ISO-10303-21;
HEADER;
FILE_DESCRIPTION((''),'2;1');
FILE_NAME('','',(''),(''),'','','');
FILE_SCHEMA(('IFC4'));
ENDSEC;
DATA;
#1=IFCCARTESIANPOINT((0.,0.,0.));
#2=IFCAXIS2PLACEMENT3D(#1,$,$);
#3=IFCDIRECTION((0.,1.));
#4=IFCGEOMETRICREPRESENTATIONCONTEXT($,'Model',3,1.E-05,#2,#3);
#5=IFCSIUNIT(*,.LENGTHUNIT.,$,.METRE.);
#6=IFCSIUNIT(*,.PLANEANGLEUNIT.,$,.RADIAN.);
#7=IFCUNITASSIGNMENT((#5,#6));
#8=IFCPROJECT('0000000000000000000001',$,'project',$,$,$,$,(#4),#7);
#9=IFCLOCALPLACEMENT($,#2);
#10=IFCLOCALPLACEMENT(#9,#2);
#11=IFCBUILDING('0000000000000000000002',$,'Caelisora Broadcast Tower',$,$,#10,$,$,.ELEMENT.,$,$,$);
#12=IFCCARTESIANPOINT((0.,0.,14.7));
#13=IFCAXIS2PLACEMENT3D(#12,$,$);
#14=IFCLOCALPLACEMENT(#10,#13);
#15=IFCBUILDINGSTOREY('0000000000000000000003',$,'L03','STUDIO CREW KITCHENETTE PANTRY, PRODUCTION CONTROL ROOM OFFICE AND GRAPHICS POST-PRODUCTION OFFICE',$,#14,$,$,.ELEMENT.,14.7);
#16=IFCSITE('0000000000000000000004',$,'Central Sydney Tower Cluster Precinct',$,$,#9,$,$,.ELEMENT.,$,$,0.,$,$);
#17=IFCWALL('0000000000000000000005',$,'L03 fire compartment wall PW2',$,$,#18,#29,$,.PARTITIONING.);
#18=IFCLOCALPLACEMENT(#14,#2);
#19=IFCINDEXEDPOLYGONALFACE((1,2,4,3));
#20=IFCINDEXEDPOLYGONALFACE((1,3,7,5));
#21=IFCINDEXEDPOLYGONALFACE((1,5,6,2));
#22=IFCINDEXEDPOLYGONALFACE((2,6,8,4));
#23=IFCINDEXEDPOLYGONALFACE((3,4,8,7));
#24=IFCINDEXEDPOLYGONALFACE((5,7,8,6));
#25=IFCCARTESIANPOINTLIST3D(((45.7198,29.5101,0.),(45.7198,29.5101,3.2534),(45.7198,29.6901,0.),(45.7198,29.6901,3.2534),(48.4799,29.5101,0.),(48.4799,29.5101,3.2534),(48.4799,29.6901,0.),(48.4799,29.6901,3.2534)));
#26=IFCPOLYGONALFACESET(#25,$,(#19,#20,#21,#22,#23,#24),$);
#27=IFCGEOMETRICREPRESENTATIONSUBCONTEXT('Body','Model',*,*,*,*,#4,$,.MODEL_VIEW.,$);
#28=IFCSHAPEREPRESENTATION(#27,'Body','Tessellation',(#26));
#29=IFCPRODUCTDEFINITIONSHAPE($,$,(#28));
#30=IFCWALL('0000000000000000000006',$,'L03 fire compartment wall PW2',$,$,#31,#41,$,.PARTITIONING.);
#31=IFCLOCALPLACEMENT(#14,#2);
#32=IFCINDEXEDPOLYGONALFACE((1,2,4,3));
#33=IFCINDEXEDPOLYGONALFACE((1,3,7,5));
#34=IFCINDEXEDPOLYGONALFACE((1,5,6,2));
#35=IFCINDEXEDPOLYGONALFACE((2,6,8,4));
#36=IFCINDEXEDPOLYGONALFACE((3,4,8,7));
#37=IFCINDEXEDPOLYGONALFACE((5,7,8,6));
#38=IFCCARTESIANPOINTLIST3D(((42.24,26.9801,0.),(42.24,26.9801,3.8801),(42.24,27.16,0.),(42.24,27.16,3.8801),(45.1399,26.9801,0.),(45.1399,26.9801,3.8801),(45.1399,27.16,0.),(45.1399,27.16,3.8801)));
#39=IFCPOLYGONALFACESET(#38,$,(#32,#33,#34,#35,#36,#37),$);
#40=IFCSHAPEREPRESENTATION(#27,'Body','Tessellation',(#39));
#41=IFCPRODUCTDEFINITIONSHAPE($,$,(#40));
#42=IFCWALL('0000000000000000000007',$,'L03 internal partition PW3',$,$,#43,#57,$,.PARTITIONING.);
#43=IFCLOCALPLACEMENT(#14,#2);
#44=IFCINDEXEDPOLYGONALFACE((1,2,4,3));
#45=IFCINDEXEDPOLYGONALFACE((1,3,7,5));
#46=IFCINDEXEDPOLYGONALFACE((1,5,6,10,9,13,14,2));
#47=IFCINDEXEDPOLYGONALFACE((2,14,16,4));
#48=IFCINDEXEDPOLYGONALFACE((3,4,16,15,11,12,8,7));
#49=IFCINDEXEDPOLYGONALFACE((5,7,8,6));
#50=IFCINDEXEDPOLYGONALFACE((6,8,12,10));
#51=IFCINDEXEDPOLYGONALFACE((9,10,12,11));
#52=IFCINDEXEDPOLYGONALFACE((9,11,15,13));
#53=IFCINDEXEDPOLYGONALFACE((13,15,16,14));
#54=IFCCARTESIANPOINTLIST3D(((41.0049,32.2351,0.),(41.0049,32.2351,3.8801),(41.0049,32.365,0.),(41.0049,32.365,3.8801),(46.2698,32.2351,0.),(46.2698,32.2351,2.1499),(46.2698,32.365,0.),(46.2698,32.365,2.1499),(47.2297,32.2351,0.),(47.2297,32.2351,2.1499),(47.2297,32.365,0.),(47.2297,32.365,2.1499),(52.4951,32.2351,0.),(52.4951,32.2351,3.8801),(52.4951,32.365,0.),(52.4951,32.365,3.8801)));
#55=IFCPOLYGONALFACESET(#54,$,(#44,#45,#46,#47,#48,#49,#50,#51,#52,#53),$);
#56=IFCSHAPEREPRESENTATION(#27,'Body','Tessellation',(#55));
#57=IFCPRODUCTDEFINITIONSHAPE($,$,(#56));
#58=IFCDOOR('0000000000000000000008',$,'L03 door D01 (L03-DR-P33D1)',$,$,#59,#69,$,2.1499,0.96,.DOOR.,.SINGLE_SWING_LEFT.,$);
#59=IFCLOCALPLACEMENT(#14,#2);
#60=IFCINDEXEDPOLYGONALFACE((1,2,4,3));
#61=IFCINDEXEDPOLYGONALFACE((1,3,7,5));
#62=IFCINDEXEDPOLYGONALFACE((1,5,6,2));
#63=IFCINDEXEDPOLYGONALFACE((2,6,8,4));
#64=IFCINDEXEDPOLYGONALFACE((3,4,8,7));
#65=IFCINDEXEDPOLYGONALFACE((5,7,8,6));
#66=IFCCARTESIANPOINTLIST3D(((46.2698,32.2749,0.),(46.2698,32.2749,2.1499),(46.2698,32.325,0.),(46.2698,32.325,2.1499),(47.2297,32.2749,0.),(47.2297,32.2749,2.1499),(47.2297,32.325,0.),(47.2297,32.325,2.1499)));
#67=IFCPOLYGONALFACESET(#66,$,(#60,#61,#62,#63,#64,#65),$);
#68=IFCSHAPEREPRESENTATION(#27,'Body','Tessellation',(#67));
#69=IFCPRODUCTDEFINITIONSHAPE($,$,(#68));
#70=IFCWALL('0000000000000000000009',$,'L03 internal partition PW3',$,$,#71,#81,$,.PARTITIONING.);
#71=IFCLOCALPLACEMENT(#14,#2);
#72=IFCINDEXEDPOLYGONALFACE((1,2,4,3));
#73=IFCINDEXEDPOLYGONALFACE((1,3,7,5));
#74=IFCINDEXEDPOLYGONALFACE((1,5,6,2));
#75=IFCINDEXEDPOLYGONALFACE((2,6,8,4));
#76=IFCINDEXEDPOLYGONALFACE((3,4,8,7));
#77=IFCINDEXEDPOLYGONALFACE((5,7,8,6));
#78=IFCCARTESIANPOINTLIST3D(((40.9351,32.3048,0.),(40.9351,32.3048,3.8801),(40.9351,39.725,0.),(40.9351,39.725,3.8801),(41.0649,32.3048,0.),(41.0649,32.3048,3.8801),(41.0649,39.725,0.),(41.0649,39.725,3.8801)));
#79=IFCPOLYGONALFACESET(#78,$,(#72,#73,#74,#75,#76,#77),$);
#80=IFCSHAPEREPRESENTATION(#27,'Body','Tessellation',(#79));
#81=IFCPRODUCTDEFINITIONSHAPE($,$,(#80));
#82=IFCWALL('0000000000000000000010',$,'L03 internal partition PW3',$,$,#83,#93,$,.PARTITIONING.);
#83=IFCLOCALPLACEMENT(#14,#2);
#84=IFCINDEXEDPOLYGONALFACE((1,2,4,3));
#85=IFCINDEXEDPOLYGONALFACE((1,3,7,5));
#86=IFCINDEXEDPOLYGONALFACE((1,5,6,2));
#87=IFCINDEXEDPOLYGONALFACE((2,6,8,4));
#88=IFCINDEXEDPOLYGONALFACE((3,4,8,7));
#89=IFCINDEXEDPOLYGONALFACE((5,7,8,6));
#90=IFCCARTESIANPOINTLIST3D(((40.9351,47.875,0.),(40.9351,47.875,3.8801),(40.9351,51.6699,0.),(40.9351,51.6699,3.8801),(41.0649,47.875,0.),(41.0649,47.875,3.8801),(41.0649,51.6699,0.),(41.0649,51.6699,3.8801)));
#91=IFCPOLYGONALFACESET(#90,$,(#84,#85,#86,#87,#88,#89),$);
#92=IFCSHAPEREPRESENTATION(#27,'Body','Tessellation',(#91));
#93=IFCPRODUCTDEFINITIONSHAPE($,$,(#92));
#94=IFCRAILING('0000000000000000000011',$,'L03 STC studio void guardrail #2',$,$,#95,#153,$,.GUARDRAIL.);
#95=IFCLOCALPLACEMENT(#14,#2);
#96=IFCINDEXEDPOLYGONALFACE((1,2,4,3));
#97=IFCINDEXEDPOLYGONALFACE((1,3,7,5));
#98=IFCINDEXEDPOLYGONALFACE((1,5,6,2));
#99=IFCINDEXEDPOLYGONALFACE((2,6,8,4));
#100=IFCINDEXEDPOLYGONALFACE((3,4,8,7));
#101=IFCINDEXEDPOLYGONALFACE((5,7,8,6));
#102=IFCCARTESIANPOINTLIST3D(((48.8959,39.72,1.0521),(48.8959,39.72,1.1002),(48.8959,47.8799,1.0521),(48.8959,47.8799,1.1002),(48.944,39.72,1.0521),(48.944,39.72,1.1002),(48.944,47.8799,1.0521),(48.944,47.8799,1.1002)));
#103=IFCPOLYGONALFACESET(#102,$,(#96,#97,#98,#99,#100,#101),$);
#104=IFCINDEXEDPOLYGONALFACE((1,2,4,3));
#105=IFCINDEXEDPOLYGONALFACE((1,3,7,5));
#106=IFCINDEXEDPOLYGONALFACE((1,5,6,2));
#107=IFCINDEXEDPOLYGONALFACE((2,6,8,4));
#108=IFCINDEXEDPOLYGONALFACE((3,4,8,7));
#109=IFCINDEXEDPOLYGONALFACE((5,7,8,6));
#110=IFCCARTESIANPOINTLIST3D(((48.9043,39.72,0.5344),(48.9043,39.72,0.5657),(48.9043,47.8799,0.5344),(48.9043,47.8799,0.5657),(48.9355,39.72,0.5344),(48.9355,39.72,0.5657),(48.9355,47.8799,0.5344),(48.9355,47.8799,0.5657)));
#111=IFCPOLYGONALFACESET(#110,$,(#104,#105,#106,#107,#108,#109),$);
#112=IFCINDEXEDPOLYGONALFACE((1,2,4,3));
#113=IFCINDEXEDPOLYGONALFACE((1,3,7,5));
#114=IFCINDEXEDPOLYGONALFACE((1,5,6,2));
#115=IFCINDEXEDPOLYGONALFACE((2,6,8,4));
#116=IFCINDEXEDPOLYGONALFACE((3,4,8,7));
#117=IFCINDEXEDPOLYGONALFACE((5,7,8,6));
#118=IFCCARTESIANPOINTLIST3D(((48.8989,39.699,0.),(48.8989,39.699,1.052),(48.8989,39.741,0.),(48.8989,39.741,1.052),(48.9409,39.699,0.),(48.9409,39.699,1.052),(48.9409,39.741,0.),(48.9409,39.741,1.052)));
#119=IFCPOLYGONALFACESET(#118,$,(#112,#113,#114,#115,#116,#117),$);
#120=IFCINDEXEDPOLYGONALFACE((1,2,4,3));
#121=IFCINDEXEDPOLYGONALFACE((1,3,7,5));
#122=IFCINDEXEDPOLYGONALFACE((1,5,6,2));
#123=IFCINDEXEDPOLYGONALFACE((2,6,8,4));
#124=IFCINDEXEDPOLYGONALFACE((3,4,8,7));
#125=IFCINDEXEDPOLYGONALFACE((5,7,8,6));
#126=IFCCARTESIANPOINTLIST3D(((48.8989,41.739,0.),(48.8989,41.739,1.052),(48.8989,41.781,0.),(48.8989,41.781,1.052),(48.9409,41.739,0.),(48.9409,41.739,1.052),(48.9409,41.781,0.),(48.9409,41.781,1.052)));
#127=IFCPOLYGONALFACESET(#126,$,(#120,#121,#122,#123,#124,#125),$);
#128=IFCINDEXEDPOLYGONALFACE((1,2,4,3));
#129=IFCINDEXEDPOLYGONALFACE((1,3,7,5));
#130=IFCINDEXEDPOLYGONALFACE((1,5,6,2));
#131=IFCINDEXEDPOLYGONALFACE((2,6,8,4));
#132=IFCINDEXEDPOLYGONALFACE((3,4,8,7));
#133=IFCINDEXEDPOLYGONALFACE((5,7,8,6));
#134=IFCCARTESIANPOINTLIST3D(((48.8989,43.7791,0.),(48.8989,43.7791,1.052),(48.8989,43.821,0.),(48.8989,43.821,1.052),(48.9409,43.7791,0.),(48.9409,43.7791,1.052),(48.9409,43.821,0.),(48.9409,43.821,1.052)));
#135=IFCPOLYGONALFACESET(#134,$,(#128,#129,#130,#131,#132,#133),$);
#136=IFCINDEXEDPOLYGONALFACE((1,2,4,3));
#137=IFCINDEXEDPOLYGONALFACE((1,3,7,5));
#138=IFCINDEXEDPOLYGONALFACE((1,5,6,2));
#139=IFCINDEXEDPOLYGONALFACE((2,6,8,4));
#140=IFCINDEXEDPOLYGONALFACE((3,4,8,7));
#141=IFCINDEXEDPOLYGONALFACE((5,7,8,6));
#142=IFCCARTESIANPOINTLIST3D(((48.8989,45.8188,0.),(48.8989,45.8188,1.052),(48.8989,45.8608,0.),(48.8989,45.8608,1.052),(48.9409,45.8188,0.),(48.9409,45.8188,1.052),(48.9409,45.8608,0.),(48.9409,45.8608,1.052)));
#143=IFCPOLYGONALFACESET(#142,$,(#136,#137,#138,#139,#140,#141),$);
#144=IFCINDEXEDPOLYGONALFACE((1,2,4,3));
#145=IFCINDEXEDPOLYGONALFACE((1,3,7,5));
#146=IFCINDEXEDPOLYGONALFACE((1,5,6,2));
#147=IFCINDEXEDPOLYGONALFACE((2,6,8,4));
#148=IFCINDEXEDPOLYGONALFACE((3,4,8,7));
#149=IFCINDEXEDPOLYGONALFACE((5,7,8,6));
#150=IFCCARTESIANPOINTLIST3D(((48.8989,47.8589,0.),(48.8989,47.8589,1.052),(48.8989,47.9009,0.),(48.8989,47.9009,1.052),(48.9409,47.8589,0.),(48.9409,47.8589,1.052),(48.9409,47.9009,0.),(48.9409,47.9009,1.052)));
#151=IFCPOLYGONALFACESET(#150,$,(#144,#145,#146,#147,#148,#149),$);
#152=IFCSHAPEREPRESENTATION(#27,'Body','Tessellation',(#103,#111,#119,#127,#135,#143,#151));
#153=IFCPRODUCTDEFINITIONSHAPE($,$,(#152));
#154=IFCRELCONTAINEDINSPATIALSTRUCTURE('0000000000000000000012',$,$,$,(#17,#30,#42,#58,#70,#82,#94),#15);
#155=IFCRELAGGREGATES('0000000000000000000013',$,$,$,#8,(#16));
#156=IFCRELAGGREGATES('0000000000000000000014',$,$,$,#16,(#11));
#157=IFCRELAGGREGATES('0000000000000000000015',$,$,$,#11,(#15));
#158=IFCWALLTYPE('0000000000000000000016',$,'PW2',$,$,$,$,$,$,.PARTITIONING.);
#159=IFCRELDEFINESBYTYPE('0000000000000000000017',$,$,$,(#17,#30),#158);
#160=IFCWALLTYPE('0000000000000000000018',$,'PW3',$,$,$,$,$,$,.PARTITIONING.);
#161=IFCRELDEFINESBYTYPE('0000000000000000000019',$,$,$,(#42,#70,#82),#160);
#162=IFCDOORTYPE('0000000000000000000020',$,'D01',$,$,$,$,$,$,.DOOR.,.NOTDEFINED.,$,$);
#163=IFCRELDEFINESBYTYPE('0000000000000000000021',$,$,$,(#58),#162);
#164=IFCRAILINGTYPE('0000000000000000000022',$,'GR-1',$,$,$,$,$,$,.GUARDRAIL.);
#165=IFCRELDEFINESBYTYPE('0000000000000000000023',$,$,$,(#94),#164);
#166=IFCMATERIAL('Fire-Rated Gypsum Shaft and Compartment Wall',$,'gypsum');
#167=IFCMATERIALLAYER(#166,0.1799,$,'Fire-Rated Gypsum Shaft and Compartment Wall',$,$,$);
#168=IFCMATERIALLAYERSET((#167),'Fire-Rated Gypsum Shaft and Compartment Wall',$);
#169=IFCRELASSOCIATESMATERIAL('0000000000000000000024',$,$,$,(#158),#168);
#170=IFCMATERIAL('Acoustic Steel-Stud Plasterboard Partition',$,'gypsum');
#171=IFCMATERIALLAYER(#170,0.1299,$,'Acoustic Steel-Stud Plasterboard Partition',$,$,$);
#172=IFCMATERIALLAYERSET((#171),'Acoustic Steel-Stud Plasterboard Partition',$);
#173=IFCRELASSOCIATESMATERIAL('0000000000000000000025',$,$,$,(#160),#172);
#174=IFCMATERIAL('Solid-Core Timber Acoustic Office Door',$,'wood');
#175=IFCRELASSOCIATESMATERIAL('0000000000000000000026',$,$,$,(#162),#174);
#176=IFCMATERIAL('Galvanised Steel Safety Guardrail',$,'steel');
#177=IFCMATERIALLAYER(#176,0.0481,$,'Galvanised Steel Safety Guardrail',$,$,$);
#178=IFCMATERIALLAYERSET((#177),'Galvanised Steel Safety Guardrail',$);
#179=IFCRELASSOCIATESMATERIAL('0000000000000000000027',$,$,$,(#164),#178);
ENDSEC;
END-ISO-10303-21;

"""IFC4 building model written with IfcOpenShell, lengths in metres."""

from ifc_helpers import new_model, si_unit, direction, frame, frame_2d, origin, origin_2d, place, context, subcontext, project, spatial, rectangle, extrude, material, layer, layer_set, type_object, element, fill, save


model = new_model("IFC4")

# Units and contexts
model_context = context("Model", 3, precision=1e-05, world=origin(), true_north=direction((0.0, 1.0)))
body_context = subcontext(model_context, "Body", "Model", "MODEL_VIEW")
ifc_project = project(units=[si_unit("LENGTHUNIT", "METRE"), si_unit("PLANEANGLEUNIT", "RADIAN")], contexts=[model_context])

# Site, building, storey
site_placement = place(None, origin())
site = spatial("IfcSite", under=ifc_project, at=site_placement, Name="Central Sydney Tower Cluster Precinct", CompositionType="ELEMENT", RefElevation=0.0)
building_placement = place(site_placement, origin())
building = spatial("IfcBuilding", under=site, at=building_placement, Name="Caelisora Broadcast Tower", CompositionType="ELEMENT")
storey_placement = place(building_placement, frame((0.0, 0.0, 14.7)))
storey = spatial("IfcBuildingStorey", under=building, at=storey_placement, Name="L03", Description="STUDIO CREW KITCHENETTE PANTRY, PRODUCTION CONTROL ROOM OFFICE AND GRAPHICS POST-PRODUCTION OFFICE", CompositionType="ELEMENT", Elevation=14.7)

# Shared definitions
ifc_material_1 = material(Name="Fire-Rated Gypsum Shaft and Compartment Wall", Category="gypsum")
ifc_layer_1 = layer(ifc_material_1, 0.1799, Name="Fire-Rated Gypsum Shaft and Compartment Wall")
ifc_layer_set_1 = layer_set([ifc_layer_1], Name="Fire-Rated Gypsum Shaft and Compartment Wall")
wall_type_1 = type_object("IfcWallType", Name="PW2", PredefinedType="PARTITIONING", material=ifc_layer_set_1)

# Walls
wall_1_placement = place(storey_placement, frame((45.72, 29.6001, 0.0), z_axis=(0.0, 0.0, 1.0), x_axis=(1.0, 0.0, 0.0)))
element("IfcWall", 1, at=wall_1_placement, inside=storey, type_object=wall_type_1, Name="L03 fire compartment wall PW2", PredefinedType="PARTITIONING", context=body_context, shape_type="SweptSolid", body=[
    extrude(rectangle(XDim=2.76, YDim=0.1799, at=frame_2d((1.3799, 0.0))), origin(), (0.0, 0.0, 1.0), 3.2534),
])
wall_2_placement = place(storey_placement, frame((42.24, 27.0701, 0.0), z_axis=(0.0, 0.0, 1.0), x_axis=(1.0, 0.0, 0.0)))
element("IfcWall", 2, at=wall_2_placement, inside=storey, type_object=wall_type_1, Name="L03 fire compartment wall PW2", PredefinedType="PARTITIONING", context=body_context, shape_type="SweptSolid", body=[
    extrude(rectangle(XDim=2.8999, YDim=0.1799, at=frame_2d((1.45, 0.0))), origin(), (0.0, 0.0, 1.0), 3.8801),
])

# Wall, opening, door
ifc_material_2 = material(Name="Acoustic Steel-Stud Plasterboard Partition", Category="gypsum")
ifc_layer_2 = layer(ifc_material_2, 0.1299, Name="Acoustic Steel-Stud Plasterboard Partition")
ifc_layer_set_2 = layer_set([ifc_layer_2], Name="Acoustic Steel-Stud Plasterboard Partition")
wall_type_2 = type_object("IfcWallType", Name="PW3", PredefinedType="PARTITIONING", material=ifc_layer_set_2)
wall_3_placement = place(storey_placement, frame((41.0049, 32.3, 0.0), z_axis=(0.0, 0.0, 1.0), x_axis=(1.0, 0.0, 0.0)))
wall_3 = element("IfcWall", 3, at=wall_3_placement, inside=storey, type_object=wall_type_2, Name="L03 internal partition PW3", PredefinedType="PARTITIONING", context=body_context, shape_type="SweptSolid", body=[
    extrude(rectangle(XDim=11.4902, YDim=0.1299, at=frame_2d((5.7451, 0.0))), origin(), (0.0, 0.0, 1.0), 3.8801),
])
opening_1_placement = place(wall_3_placement, frame((5.2649, 0.0, 0.0)))
opening_1 = element("IfcOpeningElement", 4, at=opening_1_placement, cuts=wall_3, PredefinedType="OPENING", context=body_context, shape_type="SweptSolid", body=[
    extrude(rectangle(XDim=0.96, YDim=2.1499, at=frame_2d((0.48, 1.075))), frame((0.0, 0.0769, 0.0), z_axis=(0.0, -1.0, 0.0), x_axis=(1.0, 0.0, 0.0)), (0.0, 0.0, 1.0), 0.1538),
])
ifc_material_3 = material(Name="Solid-Core Timber Acoustic Office Door", Category="wood")
door_type_1 = type_object("IfcDoorType", Name="D01", OperationType="NOTDEFINED", PredefinedType="DOOR", material=ifc_material_3)
door_1_placement = place(opening_1_placement, origin())
door_1 = element("IfcDoor", 5, at=door_1_placement, inside=storey, type_object=door_type_1, Name="L03 door D01 (L03-DR-P33D1)", OperationType="SINGLE_SWING_LEFT", OverallHeight=2.1499, OverallWidth=0.96, PredefinedType="DOOR", context=body_context, shape_type="SweptSolid", body=[
    extrude(rectangle(XDim=0.96, YDim=2.1499, at=frame_2d((0.48, 1.075))), frame((0.0, 0.0249, 0.0), z_axis=(0.0, -1.0, 0.0), x_axis=(1.0, 0.0, 0.0)), (0.0, 0.0, 1.0), 0.05),
])
fill(opening_1, door_1)

# Walls
wall_4_placement = place(storey_placement, frame((41.0, 32.3049, 0.0), z_axis=(0.0, 0.0, 1.0), x_axis=(0.0, 1.0, 0.0)))
element("IfcWall", 6, at=wall_4_placement, inside=storey, type_object=wall_type_2, Name="L03 internal partition PW3", PredefinedType="PARTITIONING", context=body_context, shape_type="SweptSolid", body=[
    extrude(rectangle(XDim=7.4202, YDim=0.1299, at=frame_2d((3.71, 0.0))), origin(), (0.0, 0.0, 1.0), 3.8801),
])
wall_5_placement = place(storey_placement, frame((41.0, 47.875, 0.0), z_axis=(0.0, 0.0, 1.0), x_axis=(0.0, 1.0, 0.0)))
element("IfcWall", 7, at=wall_5_placement, inside=storey, type_object=wall_type_2, Name="L03 internal partition PW3", PredefinedType="PARTITIONING", context=body_context, shape_type="SweptSolid", body=[
    extrude(rectangle(XDim=3.7949, YDim=0.1299, at=frame_2d((1.8975, 0.0))), origin(), (0.0, 0.0, 1.0), 3.8801),
])

# Railing
ifc_material_4 = material(Name="Galvanised Steel Safety Guardrail", Category="steel")
ifc_layer_3 = layer(ifc_material_4, 0.0481, Name="Galvanised Steel Safety Guardrail")
ifc_layer_set_3 = layer_set([ifc_layer_3], Name="Galvanised Steel Safety Guardrail")
railing_type = type_object("IfcRailingType", Name="GR-1", PredefinedType="GUARDRAIL", material=ifc_layer_set_3)
railing_1_placement = place(storey_placement, frame((48.9199, 39.72, 0.0)))
element("IfcRailing", 8, at=railing_1_placement, inside=storey, type_object=railing_type, Name="L03 STC studio void guardrail #2", PredefinedType="GUARDRAIL", context=body_context, shape_type="SweptSolid", body=[
    extrude(rectangle(XDim=0.0481, YDim=0.0481, at=origin_2d()), frame((0.0, 0.0, 1.0762), z_axis=(0.0, 1.0, 0.0), x_axis=(-1.0, 0.0, 0.0)), (0.0, 0.0, 1.0), 8.1599),
    extrude(rectangle(XDim=0.0312, YDim=0.0312, at=origin_2d()), frame((0.0, 0.0, 0.55), z_axis=(0.0, 1.0, 0.0), x_axis=(-1.0, 0.0, 0.0)), (0.0, 0.0, 1.0), 8.1599),
    extrude(rectangle(XDim=0.042, YDim=0.042, at=origin_2d()), origin(), (0.0, 0.0, 1.0), 1.052),
    extrude(rectangle(XDim=0.042, YDim=0.042, at=origin_2d()), frame((0.0, 2.04, 0.0)), (0.0, 0.0, 1.0), 1.052),
    extrude(rectangle(XDim=0.042, YDim=0.042, at=origin_2d()), frame((0.0, 4.0801, 0.0)), (0.0, 0.0, 1.0), 1.052),
    extrude(rectangle(XDim=0.042, YDim=0.042, at=origin_2d()), frame((0.0, 6.1199, 0.0)), (0.0, 0.0, 1.0), 1.052),
    extrude(rectangle(XDim=0.042, YDim=0.042, at=origin_2d()), frame((0.0, 8.1599, 0.0)), (0.0, 0.0, 1.0), 1.052),
])

save(model, "model.ifc")
